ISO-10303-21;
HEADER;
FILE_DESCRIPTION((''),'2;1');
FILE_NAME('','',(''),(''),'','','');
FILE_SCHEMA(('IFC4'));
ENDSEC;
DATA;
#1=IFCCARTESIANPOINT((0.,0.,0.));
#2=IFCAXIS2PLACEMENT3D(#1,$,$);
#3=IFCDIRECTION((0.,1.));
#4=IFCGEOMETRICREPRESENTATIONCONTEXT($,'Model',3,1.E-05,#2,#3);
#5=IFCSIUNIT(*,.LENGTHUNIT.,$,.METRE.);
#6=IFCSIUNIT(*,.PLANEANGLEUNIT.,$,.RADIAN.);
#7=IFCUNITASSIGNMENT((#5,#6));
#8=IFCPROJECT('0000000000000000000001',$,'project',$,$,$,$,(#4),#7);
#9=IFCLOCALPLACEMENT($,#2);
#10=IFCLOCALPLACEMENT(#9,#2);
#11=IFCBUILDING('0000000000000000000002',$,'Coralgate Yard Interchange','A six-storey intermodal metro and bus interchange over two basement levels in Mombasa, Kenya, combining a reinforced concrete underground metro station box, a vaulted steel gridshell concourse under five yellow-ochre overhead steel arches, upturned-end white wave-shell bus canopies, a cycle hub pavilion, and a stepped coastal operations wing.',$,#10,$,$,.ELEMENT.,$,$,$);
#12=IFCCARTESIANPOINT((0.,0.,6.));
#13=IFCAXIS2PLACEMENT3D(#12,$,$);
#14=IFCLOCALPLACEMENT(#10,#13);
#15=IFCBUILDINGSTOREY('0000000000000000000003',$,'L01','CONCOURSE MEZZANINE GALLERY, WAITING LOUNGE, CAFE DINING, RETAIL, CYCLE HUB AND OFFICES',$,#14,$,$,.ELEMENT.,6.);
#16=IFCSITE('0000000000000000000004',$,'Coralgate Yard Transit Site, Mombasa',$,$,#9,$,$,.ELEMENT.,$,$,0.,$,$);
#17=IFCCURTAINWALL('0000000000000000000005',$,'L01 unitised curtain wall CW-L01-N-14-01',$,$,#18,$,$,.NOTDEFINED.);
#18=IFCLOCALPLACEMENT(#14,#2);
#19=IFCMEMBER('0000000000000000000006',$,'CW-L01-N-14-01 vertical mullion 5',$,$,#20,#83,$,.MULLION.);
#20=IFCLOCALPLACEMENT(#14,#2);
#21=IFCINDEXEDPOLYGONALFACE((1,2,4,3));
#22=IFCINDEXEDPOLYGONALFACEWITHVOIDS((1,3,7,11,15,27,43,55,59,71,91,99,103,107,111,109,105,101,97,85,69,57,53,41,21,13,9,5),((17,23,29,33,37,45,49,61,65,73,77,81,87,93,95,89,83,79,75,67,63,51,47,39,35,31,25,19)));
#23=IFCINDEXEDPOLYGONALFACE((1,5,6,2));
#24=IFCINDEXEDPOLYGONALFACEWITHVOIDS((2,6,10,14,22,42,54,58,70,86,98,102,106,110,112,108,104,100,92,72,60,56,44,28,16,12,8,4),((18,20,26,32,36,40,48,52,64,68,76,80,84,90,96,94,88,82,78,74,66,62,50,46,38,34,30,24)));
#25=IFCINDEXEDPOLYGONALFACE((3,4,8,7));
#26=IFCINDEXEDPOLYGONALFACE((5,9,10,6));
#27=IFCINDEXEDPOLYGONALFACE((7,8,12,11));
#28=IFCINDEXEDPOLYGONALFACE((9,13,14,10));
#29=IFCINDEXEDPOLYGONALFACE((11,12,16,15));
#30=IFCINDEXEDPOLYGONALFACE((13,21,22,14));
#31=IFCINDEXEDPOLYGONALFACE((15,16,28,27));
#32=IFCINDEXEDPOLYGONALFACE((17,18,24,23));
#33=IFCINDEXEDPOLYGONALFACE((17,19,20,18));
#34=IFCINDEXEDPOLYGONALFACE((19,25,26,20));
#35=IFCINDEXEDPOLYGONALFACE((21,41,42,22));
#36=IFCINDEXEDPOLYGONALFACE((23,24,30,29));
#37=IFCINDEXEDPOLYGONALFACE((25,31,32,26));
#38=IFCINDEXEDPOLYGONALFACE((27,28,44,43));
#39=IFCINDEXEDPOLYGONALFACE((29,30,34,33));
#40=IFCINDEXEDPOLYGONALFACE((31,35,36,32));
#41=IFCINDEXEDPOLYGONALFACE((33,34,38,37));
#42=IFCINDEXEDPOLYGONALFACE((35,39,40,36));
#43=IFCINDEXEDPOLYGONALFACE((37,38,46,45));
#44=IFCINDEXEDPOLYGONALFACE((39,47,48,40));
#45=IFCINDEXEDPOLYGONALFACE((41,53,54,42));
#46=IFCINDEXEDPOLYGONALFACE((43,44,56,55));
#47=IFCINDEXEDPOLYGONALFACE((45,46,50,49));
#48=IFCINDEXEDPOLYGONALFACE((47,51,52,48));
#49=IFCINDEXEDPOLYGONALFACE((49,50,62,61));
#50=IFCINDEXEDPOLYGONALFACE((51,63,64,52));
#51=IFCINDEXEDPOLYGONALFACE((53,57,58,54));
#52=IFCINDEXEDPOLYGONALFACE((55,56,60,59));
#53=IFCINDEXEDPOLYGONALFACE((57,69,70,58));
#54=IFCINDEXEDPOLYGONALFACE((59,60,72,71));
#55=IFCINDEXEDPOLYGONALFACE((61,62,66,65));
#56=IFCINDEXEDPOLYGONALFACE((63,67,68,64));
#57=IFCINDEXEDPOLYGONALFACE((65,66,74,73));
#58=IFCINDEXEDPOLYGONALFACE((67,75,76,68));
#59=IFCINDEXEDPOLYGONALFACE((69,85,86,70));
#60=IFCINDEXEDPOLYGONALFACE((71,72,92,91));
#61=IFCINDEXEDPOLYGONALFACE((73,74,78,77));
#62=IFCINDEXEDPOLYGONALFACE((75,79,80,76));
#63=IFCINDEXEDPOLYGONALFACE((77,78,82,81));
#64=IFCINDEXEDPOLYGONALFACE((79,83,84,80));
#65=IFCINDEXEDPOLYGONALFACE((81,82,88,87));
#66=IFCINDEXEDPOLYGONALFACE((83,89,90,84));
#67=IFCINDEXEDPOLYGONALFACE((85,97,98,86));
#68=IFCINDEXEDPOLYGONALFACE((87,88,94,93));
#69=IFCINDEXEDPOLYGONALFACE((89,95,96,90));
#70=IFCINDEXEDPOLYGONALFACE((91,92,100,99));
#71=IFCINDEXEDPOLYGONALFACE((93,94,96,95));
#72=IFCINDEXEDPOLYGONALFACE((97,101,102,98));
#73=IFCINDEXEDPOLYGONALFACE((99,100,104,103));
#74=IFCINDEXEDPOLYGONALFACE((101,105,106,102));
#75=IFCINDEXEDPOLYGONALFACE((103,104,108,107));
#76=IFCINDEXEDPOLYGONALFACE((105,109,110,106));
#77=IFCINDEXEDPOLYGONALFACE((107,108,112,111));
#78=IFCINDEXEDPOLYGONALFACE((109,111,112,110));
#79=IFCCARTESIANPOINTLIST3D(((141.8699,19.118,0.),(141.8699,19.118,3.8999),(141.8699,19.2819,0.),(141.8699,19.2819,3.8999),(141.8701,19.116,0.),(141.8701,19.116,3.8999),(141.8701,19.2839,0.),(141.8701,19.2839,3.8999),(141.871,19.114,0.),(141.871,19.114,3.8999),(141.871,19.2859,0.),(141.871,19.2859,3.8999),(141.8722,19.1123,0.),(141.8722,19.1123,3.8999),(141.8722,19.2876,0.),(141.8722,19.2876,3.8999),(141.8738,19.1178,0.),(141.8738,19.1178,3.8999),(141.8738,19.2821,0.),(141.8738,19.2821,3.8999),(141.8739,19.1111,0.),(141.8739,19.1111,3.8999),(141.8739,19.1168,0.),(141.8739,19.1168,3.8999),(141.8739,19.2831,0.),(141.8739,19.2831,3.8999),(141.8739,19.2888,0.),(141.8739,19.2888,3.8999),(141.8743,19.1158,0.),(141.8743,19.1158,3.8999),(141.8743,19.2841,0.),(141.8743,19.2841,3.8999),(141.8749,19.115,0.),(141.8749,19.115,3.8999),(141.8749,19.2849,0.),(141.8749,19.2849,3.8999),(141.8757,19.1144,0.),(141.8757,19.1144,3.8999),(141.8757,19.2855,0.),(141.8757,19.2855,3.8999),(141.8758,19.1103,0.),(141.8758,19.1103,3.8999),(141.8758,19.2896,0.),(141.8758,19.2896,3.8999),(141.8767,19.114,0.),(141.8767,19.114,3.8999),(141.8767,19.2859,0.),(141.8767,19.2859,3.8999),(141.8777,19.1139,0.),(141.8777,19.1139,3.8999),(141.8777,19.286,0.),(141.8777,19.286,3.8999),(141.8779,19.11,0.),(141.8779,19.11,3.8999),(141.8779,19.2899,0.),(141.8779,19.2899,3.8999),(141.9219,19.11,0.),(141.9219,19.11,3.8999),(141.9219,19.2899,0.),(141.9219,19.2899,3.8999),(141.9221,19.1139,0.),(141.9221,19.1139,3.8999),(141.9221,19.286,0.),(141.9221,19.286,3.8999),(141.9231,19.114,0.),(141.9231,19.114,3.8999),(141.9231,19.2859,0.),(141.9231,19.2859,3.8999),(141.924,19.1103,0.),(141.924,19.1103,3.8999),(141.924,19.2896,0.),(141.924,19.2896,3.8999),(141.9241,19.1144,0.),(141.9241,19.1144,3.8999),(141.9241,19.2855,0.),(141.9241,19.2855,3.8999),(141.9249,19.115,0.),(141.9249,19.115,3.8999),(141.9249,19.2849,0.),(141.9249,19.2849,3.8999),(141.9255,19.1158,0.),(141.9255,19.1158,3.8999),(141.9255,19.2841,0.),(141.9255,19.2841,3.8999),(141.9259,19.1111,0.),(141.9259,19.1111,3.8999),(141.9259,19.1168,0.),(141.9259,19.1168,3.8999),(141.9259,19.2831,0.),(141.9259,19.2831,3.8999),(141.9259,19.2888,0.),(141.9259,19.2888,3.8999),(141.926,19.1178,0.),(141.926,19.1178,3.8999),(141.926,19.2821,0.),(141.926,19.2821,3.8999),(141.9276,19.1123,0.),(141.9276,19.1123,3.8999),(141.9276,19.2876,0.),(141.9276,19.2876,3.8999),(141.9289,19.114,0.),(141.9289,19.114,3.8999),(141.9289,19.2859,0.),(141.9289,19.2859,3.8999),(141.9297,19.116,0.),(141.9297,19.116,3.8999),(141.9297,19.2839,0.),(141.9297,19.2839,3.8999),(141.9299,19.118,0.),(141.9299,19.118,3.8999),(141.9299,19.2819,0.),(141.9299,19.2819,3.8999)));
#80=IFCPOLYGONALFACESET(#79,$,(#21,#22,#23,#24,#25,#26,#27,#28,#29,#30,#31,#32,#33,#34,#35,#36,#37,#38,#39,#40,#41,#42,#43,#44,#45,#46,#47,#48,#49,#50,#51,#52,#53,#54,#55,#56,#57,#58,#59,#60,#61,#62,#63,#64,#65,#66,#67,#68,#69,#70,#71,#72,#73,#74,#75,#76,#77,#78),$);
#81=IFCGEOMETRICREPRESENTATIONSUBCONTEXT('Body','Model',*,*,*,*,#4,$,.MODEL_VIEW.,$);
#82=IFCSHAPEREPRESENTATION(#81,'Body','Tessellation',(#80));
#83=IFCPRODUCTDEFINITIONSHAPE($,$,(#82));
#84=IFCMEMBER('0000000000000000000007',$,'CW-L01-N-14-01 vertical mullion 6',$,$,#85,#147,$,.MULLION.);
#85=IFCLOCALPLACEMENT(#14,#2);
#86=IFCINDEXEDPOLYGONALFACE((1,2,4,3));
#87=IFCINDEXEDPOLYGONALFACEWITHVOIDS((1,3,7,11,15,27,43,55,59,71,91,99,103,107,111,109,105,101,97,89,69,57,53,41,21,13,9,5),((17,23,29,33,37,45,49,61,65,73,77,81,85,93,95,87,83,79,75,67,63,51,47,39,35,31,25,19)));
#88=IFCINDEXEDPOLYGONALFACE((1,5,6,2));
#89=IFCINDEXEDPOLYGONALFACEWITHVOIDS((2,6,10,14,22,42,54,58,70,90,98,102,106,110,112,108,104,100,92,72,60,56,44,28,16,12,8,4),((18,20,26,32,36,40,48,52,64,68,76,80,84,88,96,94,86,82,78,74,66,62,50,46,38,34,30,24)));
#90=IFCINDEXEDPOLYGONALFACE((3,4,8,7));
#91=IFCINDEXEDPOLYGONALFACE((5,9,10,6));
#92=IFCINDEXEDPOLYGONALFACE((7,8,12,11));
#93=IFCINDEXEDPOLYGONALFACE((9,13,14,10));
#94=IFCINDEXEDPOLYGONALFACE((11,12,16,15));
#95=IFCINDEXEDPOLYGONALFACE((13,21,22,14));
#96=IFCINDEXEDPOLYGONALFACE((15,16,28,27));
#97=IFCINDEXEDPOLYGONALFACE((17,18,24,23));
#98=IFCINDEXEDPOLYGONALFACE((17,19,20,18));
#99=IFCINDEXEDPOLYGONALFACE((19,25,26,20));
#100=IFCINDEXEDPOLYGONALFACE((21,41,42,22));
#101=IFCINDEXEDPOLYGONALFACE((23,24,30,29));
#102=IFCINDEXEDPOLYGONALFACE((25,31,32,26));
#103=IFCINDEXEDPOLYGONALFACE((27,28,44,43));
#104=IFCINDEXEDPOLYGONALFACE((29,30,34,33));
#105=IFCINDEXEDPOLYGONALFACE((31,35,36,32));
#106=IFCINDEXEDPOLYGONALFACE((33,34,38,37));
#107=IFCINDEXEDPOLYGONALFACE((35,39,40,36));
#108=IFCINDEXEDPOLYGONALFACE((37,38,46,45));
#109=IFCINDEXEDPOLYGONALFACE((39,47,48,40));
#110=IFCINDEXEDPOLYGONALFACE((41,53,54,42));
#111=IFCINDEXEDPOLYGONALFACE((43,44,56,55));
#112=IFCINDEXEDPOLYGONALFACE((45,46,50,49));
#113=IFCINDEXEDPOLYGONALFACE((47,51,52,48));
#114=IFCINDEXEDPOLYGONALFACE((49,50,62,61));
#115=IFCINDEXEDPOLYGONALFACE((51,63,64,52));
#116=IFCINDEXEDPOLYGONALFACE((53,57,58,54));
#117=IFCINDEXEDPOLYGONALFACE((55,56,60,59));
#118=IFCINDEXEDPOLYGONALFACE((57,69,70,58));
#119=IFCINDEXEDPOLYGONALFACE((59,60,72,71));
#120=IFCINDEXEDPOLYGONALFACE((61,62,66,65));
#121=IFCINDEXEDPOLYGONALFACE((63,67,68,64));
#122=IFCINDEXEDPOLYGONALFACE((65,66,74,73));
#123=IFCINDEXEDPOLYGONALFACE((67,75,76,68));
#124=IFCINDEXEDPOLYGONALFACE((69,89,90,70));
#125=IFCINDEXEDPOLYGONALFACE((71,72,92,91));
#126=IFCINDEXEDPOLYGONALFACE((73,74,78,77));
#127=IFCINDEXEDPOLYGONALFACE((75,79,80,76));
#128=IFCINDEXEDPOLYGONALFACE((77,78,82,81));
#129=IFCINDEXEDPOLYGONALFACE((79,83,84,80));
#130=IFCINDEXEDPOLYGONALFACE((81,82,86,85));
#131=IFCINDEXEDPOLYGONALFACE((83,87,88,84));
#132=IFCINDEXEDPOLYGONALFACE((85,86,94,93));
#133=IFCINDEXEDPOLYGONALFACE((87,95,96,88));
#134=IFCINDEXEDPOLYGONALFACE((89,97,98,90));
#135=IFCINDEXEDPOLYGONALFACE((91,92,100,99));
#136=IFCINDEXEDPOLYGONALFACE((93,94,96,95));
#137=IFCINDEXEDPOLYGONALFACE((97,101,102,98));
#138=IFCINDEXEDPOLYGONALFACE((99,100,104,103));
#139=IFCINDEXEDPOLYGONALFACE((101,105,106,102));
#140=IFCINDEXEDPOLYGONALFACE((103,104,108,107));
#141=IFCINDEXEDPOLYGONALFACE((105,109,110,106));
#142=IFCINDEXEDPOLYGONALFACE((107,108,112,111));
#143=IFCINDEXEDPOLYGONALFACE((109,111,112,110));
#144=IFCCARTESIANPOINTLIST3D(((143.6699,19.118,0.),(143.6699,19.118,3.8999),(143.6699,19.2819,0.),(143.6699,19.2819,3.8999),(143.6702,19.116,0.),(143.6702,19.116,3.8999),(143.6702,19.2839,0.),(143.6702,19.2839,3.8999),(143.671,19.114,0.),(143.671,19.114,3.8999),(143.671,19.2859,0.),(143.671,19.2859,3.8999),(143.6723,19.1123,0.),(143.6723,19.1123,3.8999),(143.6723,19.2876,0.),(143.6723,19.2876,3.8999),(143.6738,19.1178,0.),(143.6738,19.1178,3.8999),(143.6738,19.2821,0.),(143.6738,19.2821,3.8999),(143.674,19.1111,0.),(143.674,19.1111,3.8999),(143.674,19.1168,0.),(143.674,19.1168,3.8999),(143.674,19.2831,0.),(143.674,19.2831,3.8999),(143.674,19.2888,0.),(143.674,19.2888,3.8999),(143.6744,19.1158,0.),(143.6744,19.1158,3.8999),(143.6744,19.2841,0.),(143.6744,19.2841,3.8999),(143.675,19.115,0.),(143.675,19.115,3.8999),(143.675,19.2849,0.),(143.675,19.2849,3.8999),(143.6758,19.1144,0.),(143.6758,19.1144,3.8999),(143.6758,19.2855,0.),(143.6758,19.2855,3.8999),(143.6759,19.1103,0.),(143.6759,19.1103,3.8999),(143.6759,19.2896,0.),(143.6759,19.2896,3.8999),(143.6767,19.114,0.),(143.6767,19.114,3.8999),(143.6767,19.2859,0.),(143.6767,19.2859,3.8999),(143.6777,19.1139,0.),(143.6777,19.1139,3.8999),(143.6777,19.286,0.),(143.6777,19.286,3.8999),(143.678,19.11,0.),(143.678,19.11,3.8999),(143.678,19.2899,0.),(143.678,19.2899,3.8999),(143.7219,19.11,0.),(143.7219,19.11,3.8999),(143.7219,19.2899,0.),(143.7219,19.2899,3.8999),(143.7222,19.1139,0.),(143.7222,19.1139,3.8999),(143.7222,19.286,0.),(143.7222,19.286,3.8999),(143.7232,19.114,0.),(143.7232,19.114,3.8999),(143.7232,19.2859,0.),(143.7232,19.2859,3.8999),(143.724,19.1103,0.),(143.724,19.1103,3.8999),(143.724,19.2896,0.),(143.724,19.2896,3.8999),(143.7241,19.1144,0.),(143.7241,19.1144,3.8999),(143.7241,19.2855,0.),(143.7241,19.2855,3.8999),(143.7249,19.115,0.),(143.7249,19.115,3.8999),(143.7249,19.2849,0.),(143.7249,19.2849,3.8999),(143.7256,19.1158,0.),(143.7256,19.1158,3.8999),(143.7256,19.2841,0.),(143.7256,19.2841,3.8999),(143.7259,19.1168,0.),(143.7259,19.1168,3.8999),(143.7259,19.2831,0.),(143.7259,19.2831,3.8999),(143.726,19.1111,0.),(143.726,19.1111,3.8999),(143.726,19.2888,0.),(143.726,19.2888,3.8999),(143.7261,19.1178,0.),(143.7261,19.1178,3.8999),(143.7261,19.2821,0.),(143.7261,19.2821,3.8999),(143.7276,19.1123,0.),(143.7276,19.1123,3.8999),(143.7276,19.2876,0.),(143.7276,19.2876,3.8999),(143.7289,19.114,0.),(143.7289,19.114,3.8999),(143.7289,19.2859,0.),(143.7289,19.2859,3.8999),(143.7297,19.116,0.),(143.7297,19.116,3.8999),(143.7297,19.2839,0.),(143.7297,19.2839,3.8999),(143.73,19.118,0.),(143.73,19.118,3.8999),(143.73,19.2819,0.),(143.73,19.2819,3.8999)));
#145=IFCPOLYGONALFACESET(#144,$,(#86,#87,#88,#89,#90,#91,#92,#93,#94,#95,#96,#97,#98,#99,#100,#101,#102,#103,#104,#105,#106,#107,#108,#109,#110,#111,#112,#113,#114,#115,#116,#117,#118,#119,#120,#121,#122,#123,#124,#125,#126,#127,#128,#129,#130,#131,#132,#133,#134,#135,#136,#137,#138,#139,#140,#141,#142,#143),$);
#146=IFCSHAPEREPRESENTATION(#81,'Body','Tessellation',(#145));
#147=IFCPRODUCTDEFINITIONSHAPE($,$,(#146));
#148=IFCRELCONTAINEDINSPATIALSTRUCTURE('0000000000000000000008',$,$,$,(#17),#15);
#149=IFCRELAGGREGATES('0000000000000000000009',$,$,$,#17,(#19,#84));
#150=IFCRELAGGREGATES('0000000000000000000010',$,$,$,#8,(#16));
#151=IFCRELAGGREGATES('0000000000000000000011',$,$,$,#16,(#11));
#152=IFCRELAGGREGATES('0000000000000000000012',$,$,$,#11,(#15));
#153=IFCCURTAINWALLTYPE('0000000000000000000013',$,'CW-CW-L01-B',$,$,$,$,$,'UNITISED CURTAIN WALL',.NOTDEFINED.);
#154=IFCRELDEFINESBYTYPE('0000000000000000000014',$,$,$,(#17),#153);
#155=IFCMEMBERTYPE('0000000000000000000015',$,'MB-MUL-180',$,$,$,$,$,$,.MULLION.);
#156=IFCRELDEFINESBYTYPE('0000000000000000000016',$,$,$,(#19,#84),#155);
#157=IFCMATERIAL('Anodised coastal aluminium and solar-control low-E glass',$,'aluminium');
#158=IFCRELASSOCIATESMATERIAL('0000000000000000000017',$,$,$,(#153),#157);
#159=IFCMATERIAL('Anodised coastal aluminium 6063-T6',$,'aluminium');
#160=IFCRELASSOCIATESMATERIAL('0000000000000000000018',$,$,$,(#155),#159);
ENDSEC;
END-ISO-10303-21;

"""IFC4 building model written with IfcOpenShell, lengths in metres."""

from ifc_helpers import new_model, si_unit, direction, frame, origin, origin_2d, place, context, subcontext, project, spatial, hollow_rectangle, extrude, material, material_profile, profile_set, type_object, element, aggregate, save


model = new_model("IFC4")

# Units and contexts
model_context = context("Model", 3, precision=1e-05, world=origin(), true_north=direction((0.0, 1.0)))
body_context = subcontext(model_context, "Body", "Model", "MODEL_VIEW")
ifc_project = project(units=[si_unit("LENGTHUNIT", "METRE"), si_unit("PLANEANGLEUNIT", "RADIAN")], contexts=[model_context])

# Site, building, storey
site_placement = place(None, origin())
site = spatial("IfcSite", under=ifc_project, at=site_placement, Name="Coralgate Yard Transit Site, Mombasa", CompositionType="ELEMENT", RefElevation=0.0)
building_placement = place(site_placement, origin())
building = spatial("IfcBuilding", under=site, at=building_placement, Name="Coralgate Yard Interchange", Description="A six-storey intermodal metro and bus interchange over two basement levels in Mombasa, Kenya, combining a reinforced concrete underground metro station box, a vaulted steel gridshell concourse under five yellow-ochre overhead steel arches, upturned-end white wave-shell bus canopies, a cycle hub pavilion, and a stepped coastal operations wing.", CompositionType="ELEMENT")
storey_placement = place(building_placement, frame((0.0, 0.0, 6.0)))
storey = spatial("IfcBuildingStorey", under=building, at=storey_placement, Name="L01", Description="CONCOURSE MEZZANINE GALLERY, WAITING LOUNGE, CAFE DINING, RETAIL, CYCLE HUB AND OFFICES", CompositionType="ELEMENT", Elevation=6.0)

# Curtain wall, members
ifc_material_1 = material(Name="Anodised coastal aluminium and solar-control low-E glass", Category="aluminium")
curtain_wall_type = type_object("IfcCurtainWallType", Name="CW-CW-L01-B", ElementType="UNITISED CURTAIN WALL", PredefinedType="NOTDEFINED", material=ifc_material_1)
curtain_wall_placement = place(storey_placement, origin())
curtain_wall = element("IfcCurtainWall", 1, at=curtain_wall_placement, inside=storey, type_object=curtain_wall_type, Name="L01 unitised curtain wall CW-L01-N-14-01", PredefinedType="NOTDEFINED")
ifc_material_2 = material(Name="Anodised coastal aluminium 6063-T6", Category="aluminium")
ifc_material_profile_1 = material_profile(ifc_material_2, hollow_rectangle(XDim=0.0601, YDim=0.1799, WallThickness=0.0039, InnerFilletRadius=0.0039, OuterFilletRadius=0.0081, at=origin_2d()), Name="ALU 60x180x4")
ifc_profile_set_1 = profile_set([ifc_material_profile_1], Name="Anodised coastal aluminium 6063-T6")
member_type_1 = type_object("IfcMemberType", Name="MB-MUL-180", PredefinedType="MULLION", material=ifc_profile_set_1)
member_1_placement = place(storey_placement, frame((141.8999, 19.2, 0.0), z_axis=(0.0, 0.0, 1.0), x_axis=(1.0, 0.0, 0.0)))
member_1 = element("IfcMember", 2, at=member_1_placement, type_object=member_type_1, Name="CW-L01-N-14-01 vertical mullion 5", PredefinedType="MULLION", context=body_context, shape_type="SweptSolid", body=[
    extrude(hollow_rectangle(XDim=0.0601, YDim=0.1799, WallThickness=0.0039, InnerFilletRadius=0.0039, OuterFilletRadius=0.0081, at=origin_2d()), origin(), (0.0, 0.0, 1.0), 3.8999),
])
member_2_placement = place(storey_placement, frame((143.7, 19.2, 0.0), z_axis=(0.0, 0.0, 1.0), x_axis=(1.0, 0.0, 0.0)))
member_2 = element("IfcMember", 3, at=member_2_placement, type_object=member_type_1, Name="CW-L01-N-14-01 vertical mullion 6", PredefinedType="MULLION", context=body_context, shape_type="SweptSolid", body=[
    extrude(hollow_rectangle(XDim=0.0601, YDim=0.1799, WallThickness=0.0039, InnerFilletRadius=0.0039, OuterFilletRadius=0.0081, at=origin_2d()), origin(), (0.0, 0.0, 1.0), 3.8999),
])
aggregate(curtain_wall, [member_1, member_2])

save(model, "model.ifc")
